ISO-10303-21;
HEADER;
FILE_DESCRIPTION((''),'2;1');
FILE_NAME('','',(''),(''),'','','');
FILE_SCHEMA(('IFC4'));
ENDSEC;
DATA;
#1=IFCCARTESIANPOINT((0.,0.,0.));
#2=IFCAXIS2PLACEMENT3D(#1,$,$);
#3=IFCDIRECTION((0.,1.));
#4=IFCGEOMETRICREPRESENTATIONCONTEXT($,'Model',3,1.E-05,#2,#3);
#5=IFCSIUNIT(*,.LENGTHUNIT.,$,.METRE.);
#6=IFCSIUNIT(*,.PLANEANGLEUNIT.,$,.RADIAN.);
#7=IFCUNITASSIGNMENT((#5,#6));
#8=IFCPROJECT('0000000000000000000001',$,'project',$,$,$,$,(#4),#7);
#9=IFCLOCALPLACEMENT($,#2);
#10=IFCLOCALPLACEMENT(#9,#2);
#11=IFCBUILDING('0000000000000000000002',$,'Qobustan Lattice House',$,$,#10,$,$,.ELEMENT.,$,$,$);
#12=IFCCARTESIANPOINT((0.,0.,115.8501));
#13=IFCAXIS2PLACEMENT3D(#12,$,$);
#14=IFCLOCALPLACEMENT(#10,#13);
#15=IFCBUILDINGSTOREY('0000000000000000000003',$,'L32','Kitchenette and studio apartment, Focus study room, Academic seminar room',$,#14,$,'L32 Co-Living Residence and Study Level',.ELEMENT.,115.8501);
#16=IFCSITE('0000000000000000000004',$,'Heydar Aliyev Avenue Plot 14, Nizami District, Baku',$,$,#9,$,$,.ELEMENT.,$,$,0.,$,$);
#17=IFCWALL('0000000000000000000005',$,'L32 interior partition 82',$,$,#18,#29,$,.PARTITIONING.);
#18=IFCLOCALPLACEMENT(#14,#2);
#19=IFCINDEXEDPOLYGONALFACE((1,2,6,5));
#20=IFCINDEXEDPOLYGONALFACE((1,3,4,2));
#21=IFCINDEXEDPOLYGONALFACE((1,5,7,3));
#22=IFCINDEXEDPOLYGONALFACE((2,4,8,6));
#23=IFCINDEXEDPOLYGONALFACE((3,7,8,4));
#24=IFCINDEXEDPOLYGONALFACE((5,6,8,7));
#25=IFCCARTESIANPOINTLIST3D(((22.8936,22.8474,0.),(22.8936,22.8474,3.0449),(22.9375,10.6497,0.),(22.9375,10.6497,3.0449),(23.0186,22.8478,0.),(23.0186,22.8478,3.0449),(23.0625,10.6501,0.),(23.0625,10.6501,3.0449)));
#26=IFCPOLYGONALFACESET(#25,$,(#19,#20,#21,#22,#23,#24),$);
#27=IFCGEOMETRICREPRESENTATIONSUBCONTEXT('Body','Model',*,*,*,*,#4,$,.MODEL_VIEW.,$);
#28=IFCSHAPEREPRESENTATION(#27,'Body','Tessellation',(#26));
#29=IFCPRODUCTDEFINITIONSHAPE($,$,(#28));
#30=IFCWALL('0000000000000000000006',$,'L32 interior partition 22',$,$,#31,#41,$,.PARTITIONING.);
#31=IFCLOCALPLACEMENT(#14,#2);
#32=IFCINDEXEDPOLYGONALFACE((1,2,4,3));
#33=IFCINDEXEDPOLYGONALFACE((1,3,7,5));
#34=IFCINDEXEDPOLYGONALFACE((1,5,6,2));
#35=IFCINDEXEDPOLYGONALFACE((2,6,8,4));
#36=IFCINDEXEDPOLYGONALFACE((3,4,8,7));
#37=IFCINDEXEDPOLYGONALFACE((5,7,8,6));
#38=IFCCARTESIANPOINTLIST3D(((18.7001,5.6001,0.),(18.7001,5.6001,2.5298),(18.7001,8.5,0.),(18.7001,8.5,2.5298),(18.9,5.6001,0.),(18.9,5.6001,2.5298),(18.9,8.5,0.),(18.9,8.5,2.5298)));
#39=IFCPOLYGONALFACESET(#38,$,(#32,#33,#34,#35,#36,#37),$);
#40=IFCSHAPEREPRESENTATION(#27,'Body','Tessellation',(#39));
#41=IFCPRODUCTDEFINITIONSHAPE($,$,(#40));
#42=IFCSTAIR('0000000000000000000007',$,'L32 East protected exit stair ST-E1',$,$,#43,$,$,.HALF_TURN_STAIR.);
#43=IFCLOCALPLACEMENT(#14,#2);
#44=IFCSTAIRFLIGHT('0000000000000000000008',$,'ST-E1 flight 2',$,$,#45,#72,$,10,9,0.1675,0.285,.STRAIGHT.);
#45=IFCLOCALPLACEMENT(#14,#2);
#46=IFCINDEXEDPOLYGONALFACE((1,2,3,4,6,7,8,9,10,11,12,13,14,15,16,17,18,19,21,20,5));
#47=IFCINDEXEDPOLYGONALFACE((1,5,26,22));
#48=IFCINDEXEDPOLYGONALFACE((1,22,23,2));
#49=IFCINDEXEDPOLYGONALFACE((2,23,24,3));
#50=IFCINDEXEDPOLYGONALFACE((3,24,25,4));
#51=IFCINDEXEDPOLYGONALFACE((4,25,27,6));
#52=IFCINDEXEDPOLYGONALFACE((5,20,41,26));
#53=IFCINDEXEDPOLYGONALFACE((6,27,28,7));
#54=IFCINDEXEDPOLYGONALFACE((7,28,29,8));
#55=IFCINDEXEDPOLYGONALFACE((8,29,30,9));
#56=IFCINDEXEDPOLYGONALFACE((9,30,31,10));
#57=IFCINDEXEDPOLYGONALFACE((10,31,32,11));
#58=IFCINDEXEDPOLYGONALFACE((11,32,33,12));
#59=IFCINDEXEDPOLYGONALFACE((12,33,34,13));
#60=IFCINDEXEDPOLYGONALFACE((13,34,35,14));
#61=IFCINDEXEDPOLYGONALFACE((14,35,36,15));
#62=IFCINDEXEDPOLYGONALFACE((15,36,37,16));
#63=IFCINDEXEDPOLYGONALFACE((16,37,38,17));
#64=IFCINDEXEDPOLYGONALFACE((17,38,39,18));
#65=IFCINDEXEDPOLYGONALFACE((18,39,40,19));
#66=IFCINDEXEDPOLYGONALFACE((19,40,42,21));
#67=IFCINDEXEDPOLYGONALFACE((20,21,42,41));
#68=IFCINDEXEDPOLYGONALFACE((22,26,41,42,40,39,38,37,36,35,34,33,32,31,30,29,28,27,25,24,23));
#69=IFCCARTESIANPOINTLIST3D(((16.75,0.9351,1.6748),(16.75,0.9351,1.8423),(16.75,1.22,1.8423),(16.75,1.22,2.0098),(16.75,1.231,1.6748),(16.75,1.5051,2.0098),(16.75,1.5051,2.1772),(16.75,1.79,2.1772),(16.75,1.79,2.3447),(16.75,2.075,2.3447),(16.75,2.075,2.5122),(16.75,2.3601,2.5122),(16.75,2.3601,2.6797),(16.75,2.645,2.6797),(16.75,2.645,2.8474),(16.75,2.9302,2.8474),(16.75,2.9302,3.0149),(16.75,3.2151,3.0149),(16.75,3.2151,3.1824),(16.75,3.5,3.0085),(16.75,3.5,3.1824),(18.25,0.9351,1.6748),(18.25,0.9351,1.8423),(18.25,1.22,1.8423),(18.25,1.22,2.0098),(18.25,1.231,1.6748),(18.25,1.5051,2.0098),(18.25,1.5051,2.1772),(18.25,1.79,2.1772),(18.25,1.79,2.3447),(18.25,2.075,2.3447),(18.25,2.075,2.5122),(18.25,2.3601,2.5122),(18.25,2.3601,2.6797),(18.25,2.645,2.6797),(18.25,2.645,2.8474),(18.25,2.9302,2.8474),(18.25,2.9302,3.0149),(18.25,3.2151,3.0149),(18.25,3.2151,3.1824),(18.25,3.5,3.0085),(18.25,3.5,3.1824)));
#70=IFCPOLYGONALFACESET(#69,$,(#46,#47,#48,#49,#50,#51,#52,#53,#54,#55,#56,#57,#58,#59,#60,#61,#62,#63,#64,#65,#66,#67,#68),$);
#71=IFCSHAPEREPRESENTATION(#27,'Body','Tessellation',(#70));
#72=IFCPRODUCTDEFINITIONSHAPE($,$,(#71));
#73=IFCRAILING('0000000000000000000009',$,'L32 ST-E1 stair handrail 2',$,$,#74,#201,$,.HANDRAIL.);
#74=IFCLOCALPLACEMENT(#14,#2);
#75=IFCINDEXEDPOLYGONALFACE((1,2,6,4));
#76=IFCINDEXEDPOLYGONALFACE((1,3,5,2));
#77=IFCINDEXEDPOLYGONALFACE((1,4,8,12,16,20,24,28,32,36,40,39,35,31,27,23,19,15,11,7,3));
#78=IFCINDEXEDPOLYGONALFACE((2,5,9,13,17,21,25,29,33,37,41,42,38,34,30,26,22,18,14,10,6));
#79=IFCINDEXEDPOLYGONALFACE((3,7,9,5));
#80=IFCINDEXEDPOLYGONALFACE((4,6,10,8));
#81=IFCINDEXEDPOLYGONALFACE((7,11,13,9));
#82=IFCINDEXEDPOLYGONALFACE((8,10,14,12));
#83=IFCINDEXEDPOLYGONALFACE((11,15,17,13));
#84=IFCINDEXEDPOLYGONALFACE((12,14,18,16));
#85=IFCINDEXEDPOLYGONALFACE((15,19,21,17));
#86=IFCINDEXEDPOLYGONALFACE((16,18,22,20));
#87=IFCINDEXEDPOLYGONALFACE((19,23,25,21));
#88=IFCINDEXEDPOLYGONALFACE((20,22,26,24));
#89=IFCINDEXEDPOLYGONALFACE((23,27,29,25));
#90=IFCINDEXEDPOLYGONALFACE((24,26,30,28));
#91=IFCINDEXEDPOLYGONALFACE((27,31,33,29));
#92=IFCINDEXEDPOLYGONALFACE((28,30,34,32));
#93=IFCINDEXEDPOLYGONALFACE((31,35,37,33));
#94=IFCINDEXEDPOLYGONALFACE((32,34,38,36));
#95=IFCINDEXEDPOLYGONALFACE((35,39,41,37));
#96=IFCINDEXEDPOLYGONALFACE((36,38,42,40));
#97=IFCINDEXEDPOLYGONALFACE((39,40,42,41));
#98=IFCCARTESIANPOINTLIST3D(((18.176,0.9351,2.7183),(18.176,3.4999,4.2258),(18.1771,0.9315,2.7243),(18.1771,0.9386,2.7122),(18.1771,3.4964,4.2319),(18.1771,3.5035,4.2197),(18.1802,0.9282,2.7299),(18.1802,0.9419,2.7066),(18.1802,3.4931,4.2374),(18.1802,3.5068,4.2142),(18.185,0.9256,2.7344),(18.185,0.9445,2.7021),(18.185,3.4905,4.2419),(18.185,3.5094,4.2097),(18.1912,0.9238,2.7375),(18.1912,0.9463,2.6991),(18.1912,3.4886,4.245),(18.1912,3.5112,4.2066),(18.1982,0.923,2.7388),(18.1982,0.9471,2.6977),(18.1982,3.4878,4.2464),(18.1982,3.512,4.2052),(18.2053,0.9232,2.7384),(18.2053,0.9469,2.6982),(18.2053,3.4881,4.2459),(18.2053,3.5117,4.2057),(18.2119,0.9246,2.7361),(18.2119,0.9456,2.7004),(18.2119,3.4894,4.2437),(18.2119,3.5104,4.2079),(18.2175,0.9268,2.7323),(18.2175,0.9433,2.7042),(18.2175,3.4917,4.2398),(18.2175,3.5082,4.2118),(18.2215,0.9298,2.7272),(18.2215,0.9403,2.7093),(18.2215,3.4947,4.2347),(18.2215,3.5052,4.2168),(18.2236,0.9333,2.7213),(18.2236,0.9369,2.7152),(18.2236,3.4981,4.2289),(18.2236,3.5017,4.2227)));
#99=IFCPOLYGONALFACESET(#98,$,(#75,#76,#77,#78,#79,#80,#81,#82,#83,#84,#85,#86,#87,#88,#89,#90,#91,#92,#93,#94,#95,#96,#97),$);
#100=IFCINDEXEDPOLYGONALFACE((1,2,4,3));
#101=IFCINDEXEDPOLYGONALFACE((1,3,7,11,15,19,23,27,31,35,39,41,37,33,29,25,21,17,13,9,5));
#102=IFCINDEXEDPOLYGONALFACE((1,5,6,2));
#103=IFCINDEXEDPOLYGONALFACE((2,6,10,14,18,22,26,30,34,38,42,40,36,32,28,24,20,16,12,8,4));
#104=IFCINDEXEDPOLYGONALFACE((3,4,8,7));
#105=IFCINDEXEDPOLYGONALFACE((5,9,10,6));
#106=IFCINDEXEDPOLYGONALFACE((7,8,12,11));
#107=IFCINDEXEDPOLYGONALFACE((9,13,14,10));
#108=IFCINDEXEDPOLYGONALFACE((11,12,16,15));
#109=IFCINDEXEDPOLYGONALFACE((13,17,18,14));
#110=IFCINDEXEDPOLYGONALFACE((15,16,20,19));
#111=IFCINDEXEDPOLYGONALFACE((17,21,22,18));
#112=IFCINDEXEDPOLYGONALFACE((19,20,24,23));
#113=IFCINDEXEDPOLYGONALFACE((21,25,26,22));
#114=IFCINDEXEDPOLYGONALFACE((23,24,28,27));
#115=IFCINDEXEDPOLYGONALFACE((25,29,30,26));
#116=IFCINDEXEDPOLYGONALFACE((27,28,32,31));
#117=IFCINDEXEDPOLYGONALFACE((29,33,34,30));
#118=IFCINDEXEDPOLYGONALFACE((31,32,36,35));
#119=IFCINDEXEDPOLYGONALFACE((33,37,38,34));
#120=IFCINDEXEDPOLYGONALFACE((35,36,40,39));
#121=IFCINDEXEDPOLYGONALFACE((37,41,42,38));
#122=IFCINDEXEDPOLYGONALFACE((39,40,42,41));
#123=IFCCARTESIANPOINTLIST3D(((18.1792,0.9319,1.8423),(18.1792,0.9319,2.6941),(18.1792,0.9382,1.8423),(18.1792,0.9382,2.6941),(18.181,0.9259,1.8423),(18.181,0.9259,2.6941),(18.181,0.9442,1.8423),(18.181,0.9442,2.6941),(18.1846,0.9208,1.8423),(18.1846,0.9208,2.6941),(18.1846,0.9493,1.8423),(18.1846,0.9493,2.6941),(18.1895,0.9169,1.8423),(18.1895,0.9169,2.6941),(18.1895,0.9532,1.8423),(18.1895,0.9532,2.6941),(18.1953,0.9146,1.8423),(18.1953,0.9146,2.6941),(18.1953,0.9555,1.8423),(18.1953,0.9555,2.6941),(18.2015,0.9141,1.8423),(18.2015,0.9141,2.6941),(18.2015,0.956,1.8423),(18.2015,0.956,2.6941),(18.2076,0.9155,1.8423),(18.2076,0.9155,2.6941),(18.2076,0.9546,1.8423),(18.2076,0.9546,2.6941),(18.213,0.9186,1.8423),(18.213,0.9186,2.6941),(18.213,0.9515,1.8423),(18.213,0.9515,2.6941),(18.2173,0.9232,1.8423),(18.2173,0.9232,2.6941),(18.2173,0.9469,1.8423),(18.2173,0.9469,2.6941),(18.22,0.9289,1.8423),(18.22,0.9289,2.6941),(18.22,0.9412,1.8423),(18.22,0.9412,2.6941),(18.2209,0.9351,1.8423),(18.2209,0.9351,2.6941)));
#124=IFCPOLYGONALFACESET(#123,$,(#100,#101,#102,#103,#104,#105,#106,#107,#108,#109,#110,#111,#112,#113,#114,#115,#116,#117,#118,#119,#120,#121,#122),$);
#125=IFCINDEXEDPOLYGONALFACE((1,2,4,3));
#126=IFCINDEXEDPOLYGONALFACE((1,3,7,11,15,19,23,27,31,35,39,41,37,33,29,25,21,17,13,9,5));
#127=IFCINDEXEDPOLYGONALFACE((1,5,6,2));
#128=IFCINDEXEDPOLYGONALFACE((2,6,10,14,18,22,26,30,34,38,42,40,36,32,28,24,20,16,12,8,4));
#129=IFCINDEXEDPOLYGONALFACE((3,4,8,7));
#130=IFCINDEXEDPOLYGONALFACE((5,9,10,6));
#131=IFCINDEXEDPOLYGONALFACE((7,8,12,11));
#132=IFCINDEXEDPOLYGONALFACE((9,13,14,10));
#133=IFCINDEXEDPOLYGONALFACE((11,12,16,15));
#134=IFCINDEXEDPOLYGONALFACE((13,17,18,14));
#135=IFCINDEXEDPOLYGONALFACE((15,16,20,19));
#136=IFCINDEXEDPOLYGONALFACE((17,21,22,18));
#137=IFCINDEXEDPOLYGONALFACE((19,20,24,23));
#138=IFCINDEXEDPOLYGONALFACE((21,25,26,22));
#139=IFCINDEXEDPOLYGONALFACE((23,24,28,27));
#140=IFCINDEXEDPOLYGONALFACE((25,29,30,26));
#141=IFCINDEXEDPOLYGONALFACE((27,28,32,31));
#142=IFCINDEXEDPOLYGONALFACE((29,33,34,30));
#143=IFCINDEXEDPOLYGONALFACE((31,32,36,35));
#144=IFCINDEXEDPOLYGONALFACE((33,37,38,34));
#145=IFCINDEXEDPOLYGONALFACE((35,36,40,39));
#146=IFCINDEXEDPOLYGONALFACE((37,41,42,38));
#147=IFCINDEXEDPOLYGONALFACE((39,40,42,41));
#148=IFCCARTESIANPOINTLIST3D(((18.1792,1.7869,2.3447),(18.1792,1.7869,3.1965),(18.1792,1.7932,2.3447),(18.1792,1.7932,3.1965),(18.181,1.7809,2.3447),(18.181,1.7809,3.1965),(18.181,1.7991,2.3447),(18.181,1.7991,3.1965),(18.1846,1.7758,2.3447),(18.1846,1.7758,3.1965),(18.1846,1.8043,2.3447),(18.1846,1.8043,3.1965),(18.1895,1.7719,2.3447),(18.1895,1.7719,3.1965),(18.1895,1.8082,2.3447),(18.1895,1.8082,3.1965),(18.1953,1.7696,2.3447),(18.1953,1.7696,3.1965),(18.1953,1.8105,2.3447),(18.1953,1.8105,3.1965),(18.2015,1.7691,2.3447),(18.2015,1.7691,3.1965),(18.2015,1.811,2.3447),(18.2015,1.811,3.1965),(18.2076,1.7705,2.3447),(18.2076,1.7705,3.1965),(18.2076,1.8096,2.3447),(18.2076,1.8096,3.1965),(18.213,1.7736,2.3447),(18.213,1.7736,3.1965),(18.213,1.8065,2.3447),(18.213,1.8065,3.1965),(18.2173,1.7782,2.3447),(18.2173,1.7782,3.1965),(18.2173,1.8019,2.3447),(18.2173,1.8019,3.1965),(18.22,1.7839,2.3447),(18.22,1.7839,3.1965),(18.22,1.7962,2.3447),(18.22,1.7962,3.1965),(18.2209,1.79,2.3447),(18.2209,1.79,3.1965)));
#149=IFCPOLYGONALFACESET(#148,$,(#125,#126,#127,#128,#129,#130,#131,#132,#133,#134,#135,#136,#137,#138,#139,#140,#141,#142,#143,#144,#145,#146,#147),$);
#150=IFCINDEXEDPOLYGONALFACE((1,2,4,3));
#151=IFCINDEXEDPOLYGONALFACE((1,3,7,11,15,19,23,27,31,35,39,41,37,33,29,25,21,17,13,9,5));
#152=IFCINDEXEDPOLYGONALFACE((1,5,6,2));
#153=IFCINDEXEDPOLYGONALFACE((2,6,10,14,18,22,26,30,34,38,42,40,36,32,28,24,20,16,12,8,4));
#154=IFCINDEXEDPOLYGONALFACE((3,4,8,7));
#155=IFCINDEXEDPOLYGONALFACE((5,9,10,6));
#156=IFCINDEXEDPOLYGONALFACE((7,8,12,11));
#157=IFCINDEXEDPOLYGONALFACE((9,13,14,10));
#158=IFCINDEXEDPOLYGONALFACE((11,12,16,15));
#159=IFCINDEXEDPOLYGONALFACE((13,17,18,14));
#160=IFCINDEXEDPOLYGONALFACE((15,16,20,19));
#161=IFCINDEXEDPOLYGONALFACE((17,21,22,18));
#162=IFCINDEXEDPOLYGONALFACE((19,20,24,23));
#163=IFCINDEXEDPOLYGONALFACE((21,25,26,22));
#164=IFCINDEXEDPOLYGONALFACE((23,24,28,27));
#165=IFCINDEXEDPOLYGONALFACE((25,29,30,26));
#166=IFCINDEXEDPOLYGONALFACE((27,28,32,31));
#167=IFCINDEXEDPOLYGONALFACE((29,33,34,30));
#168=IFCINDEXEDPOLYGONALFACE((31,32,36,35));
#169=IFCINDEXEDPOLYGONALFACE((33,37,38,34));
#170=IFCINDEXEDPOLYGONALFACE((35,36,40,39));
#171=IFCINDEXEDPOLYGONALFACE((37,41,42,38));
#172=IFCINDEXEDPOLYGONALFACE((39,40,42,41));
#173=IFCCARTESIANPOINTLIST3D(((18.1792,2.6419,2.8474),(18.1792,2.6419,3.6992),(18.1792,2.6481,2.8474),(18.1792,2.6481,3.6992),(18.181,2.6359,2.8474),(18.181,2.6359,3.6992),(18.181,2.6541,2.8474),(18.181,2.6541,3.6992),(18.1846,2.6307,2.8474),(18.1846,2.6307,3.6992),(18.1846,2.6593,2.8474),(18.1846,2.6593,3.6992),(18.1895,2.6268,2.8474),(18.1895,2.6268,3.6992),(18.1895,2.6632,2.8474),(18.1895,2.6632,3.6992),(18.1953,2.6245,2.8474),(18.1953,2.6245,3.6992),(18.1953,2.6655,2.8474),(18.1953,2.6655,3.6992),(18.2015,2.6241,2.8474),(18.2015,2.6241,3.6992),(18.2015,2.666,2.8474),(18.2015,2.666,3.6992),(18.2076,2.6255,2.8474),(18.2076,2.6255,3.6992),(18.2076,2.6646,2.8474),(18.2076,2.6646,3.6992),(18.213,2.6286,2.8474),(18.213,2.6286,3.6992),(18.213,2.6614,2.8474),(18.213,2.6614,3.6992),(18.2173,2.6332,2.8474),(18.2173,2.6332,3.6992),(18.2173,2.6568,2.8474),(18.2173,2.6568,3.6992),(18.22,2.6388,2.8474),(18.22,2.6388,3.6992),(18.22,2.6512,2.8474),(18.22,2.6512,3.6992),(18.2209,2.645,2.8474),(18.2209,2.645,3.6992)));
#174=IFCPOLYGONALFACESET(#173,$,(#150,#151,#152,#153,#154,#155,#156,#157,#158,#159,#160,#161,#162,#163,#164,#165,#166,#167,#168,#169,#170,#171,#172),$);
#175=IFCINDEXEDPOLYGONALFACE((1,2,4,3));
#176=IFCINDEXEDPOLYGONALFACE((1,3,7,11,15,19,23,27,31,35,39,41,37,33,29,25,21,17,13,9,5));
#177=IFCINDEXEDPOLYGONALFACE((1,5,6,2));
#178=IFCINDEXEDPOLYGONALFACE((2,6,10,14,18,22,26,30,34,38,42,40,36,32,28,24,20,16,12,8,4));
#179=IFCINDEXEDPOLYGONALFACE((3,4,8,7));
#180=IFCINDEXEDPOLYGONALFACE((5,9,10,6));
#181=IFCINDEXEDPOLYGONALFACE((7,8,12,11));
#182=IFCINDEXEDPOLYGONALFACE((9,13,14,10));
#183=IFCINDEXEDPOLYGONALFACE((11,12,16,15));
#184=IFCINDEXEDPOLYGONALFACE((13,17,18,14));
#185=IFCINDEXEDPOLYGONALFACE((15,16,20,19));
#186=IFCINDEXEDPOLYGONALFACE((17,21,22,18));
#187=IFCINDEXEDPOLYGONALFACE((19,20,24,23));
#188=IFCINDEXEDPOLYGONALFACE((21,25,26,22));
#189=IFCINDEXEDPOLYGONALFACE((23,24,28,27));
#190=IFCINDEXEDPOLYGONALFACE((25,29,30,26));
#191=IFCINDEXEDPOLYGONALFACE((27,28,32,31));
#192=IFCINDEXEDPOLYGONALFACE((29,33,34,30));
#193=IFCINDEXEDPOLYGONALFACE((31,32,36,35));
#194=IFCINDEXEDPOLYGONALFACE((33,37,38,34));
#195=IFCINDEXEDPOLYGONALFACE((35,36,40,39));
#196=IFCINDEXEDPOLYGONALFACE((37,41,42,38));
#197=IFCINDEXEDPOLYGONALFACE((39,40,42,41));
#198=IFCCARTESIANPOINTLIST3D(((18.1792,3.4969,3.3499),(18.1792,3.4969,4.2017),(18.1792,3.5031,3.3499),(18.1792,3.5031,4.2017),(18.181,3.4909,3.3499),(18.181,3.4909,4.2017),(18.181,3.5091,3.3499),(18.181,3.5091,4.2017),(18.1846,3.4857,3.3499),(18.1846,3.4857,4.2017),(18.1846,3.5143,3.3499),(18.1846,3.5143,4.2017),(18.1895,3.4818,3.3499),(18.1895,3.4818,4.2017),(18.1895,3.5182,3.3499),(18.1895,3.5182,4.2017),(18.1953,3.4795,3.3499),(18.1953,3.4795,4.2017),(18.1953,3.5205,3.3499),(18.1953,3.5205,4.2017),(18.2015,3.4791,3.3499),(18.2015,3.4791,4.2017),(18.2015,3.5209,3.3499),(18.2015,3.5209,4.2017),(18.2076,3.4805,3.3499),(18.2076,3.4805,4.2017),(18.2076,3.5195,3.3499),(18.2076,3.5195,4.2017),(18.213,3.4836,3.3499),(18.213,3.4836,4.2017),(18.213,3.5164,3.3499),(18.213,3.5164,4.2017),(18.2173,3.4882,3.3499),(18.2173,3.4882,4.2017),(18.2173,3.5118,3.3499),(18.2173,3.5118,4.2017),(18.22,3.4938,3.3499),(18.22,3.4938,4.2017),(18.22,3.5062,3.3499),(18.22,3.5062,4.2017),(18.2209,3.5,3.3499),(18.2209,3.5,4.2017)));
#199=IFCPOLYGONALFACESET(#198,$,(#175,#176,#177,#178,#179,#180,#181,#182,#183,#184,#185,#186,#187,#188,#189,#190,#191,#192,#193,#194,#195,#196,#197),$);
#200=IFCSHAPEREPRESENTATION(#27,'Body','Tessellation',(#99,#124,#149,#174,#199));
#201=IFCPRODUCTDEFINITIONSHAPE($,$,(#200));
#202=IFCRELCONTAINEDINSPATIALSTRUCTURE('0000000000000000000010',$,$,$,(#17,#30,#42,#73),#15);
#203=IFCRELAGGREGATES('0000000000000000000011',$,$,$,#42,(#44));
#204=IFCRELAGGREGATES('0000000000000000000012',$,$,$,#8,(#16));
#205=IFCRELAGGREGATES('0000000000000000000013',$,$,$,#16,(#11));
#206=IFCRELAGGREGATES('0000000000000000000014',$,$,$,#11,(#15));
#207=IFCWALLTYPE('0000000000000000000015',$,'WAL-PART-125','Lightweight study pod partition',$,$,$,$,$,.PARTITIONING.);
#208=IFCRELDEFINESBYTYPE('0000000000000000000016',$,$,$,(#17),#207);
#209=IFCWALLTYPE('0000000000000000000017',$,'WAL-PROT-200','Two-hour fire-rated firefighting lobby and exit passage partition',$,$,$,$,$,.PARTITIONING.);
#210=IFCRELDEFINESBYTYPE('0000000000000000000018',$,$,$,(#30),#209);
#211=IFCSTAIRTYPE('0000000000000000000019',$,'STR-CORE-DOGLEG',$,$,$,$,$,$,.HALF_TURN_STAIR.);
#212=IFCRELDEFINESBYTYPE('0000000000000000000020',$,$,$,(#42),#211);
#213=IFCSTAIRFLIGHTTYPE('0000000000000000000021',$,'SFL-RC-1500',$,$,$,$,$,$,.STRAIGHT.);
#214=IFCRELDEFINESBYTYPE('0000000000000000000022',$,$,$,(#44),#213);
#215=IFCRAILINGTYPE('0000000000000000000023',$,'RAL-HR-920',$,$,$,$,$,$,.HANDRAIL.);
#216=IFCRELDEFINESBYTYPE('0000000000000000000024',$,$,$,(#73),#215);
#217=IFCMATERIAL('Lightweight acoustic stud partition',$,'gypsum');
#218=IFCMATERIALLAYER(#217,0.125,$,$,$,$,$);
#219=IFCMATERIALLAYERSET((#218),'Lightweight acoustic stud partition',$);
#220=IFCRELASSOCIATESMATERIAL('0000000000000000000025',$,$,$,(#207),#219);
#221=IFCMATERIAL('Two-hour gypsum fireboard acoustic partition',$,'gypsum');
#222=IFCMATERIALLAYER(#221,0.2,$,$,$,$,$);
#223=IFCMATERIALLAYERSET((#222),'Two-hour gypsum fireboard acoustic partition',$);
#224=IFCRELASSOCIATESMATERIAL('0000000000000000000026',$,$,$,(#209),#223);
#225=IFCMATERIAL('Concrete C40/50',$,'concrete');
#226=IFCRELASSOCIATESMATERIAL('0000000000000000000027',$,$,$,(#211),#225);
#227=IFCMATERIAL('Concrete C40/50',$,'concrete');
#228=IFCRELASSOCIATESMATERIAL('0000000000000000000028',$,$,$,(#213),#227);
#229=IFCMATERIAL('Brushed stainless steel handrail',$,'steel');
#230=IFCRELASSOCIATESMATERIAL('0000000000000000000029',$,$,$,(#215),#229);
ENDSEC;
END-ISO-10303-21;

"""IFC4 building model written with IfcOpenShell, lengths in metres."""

from ifc_helpers import new_model, si_unit, direction, frame, frame_2d, origin, origin_2d, place, context, subcontext, project, spatial, polyline, rectangle, circle, outline, extrude, material, layer, layer_set, type_object, element, aggregate, save


model = new_model("IFC4")

# Units and contexts
model_context = context("Model", 3, precision=1e-05, world=origin(), true_north=direction((0.0, 1.0)))
body_context = subcontext(model_context, "Body", "Model", "MODEL_VIEW")
ifc_project = project(units=[si_unit("LENGTHUNIT", "METRE"), si_unit("PLANEANGLEUNIT", "RADIAN")], contexts=[model_context])

# Site, building, storey
site_placement = place(None, origin())
site = spatial("IfcSite", under=ifc_project, at=site_placement, Name="Heydar Aliyev Avenue Plot 14, Nizami District, Baku", CompositionType="ELEMENT", RefElevation=0.0)
building_placement = place(site_placement, origin())
building = spatial("IfcBuilding", under=site, at=building_placement, Name="Qobustan Lattice House", CompositionType="ELEMENT")
storey_placement = place(building_placement, frame((0.0, 0.0, 115.8501)))
storey = spatial("IfcBuildingStorey", under=building, at=storey_placement, Name="L32", Description="Kitchenette and studio apartment, Focus study room, Academic seminar room", LongName="L32 Co-Living Residence and Study Level", CompositionType="ELEMENT", Elevation=115.8501)

# Shared definitions
ifc_material_1 = material(Name="Lightweight acoustic stud partition", Category="gypsum")
ifc_layer_1 = layer(ifc_material_1, 0.125)
ifc_layer_set_1 = layer_set([ifc_layer_1], Name="Lightweight acoustic stud partition")
wall_type_1 = type_object("IfcWallType", Name="WAL-PART-125", Description="Lightweight study pod partition", PredefinedType="PARTITIONING", material=ifc_layer_set_1)

# Wall
wall_1_placement = place(storey_placement, frame((23.0, 10.6499, 0.0), z_axis=(0.0, 0.0, 1.0), x_axis=(-0.003603, 0.999994, 0.0)))
element("IfcWall", 1, at=wall_1_placement, inside=storey, type_object=wall_type_1, Name="L32 interior partition 82", PredefinedType="PARTITIONING", context=body_context, shape_type="SweptSolid", body=[
    extrude(rectangle(XDim=12.1978, YDim=0.125, at=frame_2d((6.0989, 0.0))), origin(), (0.0, 0.0, 1.0), 3.0449),
])

# Shared definitions
ifc_material_2 = material(Name="Two-hour gypsum fireboard acoustic partition", Category="gypsum")
ifc_layer_2 = layer(ifc_material_2, 0.2)
ifc_layer_set_2 = layer_set([ifc_layer_2], Name="Two-hour gypsum fireboard acoustic partition")
wall_type_2 = type_object("IfcWallType", Name="WAL-PROT-200", Description="Two-hour fire-rated firefighting lobby and exit passage partition", PredefinedType="PARTITIONING", material=ifc_layer_set_2)

# Wall
wall_2_placement = place(storey_placement, frame((18.8, 5.6001, 0.0), z_axis=(0.0, 0.0, 1.0), x_axis=(0.0, 1.0, 0.0)))
element("IfcWall", 2, at=wall_2_placement, inside=storey, type_object=wall_type_2, Name="L32 interior partition 22", PredefinedType="PARTITIONING", context=body_context, shape_type="SweptSolid", body=[
    extrude(rectangle(XDim=2.8999, YDim=0.2, at=frame_2d((1.45, 0.0))), origin(), (0.0, 0.0, 1.0), 2.5298),
])

# Stair, stair flight
ifc_material_3 = material(Name="Concrete C40/50", Category="concrete")
stair_type = type_object("IfcStairType", Name="STR-CORE-DOGLEG", PredefinedType="HALF_TURN_STAIR", material=ifc_material_3)
stair_placement = place(storey_placement, origin())
stair = element("IfcStair", 3, at=stair_placement, inside=storey, type_object=stair_type, Name="L32 East protected exit stair ST-E1", PredefinedType="HALF_TURN_STAIR")
ifc_material_4 = material(Name="Concrete C40/50", Category="concrete")
stair_flight_type = type_object("IfcStairFlightType", Name="SFL-RC-1500", PredefinedType="STRAIGHT", material=ifc_material_4)
stair_flight_placement = place(storey_placement, frame((17.5, 0.9351, 1.6748), z_axis=(0.0, 0.0, 1.0), x_axis=(0.0, 1.0, 0.0)))
stair_flight = element("IfcStairFlight", 4, at=stair_flight_placement, type_object=stair_flight_type, Name="ST-E1 flight 2", NumberOfRisers=10, NumberOfTreads=9, PredefinedType="STRAIGHT", RiserHeight=0.1675, TreadLength=0.285, context=body_context, shape_type="SweptSolid", body=[
    extrude(outline(polyline([(0.0, 0.0), (0.0, 0.1675), (0.2849, 0.1675), (0.2849, 0.335), (0.5701, 0.335), (0.5701, 0.5024), (0.855, 0.5024), (0.855, 0.6699), (1.1399, 0.6699), (1.1399, 0.8374), (1.425, 0.8374), (1.425, 1.0049), (1.71, 1.0049), (1.71, 1.1726), (1.9951, 1.1726), (1.9951, 1.3401), (2.28, 1.3401), (2.28, 1.5076), (2.5649, 1.5076), (2.5649, 1.675), (2.5649, 1.3337), (0.2959, 0.0), (0.0, 0.0)])), frame((0.0, 0.75, 0.0), z_axis=(0.0, -1.0, 0.0), x_axis=(1.0, 0.0, 0.0)), (0.0, 0.0, 1.0), 1.5),
])
aggregate(stair, [stair_flight])

# Railing
ifc_material_5 = material(Name="Brushed stainless steel handrail", Category="steel")
railing_type = type_object("IfcRailingType", Name="RAL-HR-920", PredefinedType="HANDRAIL", material=ifc_material_5)
railing_placement = place(storey_placement, frame((18.2, 0.9351, 1.8423)))
element("IfcRailing", 5, at=railing_placement, inside=storey, type_object=railing_type, Name="L32 ST-E1 stair handrail 2", PredefinedType="HANDRAIL", context=body_context, shape_type="SweptSolid", body=[
    extrude(circle(Radius=0.0239, at=origin_2d()), frame((0.0, 0.0, 0.876), z_axis=(0.0, 0.862113, 0.506715), x_axis=(-1.0, 0.0, 0.0)), (0.0, 0.0, 1.0), 2.9751),
    extrude(circle(Radius=0.021, at=origin_2d()), origin(), (0.0, 0.0, 1.0), 0.8518),
    extrude(circle(Radius=0.021, at=origin_2d()), frame((0.0, 0.855, 0.5024)), (0.0, 0.0, 1.0), 0.8518),
    extrude(circle(Radius=0.021, at=origin_2d()), frame((0.0, 1.71, 1.0051)), (0.0, 0.0, 1.0), 0.8518),
    extrude(circle(Radius=0.021, at=origin_2d()), frame((0.0, 2.5649, 1.5076)), (0.0, 0.0, 1.0), 0.8518),
])

save(model, "model.ifc")
